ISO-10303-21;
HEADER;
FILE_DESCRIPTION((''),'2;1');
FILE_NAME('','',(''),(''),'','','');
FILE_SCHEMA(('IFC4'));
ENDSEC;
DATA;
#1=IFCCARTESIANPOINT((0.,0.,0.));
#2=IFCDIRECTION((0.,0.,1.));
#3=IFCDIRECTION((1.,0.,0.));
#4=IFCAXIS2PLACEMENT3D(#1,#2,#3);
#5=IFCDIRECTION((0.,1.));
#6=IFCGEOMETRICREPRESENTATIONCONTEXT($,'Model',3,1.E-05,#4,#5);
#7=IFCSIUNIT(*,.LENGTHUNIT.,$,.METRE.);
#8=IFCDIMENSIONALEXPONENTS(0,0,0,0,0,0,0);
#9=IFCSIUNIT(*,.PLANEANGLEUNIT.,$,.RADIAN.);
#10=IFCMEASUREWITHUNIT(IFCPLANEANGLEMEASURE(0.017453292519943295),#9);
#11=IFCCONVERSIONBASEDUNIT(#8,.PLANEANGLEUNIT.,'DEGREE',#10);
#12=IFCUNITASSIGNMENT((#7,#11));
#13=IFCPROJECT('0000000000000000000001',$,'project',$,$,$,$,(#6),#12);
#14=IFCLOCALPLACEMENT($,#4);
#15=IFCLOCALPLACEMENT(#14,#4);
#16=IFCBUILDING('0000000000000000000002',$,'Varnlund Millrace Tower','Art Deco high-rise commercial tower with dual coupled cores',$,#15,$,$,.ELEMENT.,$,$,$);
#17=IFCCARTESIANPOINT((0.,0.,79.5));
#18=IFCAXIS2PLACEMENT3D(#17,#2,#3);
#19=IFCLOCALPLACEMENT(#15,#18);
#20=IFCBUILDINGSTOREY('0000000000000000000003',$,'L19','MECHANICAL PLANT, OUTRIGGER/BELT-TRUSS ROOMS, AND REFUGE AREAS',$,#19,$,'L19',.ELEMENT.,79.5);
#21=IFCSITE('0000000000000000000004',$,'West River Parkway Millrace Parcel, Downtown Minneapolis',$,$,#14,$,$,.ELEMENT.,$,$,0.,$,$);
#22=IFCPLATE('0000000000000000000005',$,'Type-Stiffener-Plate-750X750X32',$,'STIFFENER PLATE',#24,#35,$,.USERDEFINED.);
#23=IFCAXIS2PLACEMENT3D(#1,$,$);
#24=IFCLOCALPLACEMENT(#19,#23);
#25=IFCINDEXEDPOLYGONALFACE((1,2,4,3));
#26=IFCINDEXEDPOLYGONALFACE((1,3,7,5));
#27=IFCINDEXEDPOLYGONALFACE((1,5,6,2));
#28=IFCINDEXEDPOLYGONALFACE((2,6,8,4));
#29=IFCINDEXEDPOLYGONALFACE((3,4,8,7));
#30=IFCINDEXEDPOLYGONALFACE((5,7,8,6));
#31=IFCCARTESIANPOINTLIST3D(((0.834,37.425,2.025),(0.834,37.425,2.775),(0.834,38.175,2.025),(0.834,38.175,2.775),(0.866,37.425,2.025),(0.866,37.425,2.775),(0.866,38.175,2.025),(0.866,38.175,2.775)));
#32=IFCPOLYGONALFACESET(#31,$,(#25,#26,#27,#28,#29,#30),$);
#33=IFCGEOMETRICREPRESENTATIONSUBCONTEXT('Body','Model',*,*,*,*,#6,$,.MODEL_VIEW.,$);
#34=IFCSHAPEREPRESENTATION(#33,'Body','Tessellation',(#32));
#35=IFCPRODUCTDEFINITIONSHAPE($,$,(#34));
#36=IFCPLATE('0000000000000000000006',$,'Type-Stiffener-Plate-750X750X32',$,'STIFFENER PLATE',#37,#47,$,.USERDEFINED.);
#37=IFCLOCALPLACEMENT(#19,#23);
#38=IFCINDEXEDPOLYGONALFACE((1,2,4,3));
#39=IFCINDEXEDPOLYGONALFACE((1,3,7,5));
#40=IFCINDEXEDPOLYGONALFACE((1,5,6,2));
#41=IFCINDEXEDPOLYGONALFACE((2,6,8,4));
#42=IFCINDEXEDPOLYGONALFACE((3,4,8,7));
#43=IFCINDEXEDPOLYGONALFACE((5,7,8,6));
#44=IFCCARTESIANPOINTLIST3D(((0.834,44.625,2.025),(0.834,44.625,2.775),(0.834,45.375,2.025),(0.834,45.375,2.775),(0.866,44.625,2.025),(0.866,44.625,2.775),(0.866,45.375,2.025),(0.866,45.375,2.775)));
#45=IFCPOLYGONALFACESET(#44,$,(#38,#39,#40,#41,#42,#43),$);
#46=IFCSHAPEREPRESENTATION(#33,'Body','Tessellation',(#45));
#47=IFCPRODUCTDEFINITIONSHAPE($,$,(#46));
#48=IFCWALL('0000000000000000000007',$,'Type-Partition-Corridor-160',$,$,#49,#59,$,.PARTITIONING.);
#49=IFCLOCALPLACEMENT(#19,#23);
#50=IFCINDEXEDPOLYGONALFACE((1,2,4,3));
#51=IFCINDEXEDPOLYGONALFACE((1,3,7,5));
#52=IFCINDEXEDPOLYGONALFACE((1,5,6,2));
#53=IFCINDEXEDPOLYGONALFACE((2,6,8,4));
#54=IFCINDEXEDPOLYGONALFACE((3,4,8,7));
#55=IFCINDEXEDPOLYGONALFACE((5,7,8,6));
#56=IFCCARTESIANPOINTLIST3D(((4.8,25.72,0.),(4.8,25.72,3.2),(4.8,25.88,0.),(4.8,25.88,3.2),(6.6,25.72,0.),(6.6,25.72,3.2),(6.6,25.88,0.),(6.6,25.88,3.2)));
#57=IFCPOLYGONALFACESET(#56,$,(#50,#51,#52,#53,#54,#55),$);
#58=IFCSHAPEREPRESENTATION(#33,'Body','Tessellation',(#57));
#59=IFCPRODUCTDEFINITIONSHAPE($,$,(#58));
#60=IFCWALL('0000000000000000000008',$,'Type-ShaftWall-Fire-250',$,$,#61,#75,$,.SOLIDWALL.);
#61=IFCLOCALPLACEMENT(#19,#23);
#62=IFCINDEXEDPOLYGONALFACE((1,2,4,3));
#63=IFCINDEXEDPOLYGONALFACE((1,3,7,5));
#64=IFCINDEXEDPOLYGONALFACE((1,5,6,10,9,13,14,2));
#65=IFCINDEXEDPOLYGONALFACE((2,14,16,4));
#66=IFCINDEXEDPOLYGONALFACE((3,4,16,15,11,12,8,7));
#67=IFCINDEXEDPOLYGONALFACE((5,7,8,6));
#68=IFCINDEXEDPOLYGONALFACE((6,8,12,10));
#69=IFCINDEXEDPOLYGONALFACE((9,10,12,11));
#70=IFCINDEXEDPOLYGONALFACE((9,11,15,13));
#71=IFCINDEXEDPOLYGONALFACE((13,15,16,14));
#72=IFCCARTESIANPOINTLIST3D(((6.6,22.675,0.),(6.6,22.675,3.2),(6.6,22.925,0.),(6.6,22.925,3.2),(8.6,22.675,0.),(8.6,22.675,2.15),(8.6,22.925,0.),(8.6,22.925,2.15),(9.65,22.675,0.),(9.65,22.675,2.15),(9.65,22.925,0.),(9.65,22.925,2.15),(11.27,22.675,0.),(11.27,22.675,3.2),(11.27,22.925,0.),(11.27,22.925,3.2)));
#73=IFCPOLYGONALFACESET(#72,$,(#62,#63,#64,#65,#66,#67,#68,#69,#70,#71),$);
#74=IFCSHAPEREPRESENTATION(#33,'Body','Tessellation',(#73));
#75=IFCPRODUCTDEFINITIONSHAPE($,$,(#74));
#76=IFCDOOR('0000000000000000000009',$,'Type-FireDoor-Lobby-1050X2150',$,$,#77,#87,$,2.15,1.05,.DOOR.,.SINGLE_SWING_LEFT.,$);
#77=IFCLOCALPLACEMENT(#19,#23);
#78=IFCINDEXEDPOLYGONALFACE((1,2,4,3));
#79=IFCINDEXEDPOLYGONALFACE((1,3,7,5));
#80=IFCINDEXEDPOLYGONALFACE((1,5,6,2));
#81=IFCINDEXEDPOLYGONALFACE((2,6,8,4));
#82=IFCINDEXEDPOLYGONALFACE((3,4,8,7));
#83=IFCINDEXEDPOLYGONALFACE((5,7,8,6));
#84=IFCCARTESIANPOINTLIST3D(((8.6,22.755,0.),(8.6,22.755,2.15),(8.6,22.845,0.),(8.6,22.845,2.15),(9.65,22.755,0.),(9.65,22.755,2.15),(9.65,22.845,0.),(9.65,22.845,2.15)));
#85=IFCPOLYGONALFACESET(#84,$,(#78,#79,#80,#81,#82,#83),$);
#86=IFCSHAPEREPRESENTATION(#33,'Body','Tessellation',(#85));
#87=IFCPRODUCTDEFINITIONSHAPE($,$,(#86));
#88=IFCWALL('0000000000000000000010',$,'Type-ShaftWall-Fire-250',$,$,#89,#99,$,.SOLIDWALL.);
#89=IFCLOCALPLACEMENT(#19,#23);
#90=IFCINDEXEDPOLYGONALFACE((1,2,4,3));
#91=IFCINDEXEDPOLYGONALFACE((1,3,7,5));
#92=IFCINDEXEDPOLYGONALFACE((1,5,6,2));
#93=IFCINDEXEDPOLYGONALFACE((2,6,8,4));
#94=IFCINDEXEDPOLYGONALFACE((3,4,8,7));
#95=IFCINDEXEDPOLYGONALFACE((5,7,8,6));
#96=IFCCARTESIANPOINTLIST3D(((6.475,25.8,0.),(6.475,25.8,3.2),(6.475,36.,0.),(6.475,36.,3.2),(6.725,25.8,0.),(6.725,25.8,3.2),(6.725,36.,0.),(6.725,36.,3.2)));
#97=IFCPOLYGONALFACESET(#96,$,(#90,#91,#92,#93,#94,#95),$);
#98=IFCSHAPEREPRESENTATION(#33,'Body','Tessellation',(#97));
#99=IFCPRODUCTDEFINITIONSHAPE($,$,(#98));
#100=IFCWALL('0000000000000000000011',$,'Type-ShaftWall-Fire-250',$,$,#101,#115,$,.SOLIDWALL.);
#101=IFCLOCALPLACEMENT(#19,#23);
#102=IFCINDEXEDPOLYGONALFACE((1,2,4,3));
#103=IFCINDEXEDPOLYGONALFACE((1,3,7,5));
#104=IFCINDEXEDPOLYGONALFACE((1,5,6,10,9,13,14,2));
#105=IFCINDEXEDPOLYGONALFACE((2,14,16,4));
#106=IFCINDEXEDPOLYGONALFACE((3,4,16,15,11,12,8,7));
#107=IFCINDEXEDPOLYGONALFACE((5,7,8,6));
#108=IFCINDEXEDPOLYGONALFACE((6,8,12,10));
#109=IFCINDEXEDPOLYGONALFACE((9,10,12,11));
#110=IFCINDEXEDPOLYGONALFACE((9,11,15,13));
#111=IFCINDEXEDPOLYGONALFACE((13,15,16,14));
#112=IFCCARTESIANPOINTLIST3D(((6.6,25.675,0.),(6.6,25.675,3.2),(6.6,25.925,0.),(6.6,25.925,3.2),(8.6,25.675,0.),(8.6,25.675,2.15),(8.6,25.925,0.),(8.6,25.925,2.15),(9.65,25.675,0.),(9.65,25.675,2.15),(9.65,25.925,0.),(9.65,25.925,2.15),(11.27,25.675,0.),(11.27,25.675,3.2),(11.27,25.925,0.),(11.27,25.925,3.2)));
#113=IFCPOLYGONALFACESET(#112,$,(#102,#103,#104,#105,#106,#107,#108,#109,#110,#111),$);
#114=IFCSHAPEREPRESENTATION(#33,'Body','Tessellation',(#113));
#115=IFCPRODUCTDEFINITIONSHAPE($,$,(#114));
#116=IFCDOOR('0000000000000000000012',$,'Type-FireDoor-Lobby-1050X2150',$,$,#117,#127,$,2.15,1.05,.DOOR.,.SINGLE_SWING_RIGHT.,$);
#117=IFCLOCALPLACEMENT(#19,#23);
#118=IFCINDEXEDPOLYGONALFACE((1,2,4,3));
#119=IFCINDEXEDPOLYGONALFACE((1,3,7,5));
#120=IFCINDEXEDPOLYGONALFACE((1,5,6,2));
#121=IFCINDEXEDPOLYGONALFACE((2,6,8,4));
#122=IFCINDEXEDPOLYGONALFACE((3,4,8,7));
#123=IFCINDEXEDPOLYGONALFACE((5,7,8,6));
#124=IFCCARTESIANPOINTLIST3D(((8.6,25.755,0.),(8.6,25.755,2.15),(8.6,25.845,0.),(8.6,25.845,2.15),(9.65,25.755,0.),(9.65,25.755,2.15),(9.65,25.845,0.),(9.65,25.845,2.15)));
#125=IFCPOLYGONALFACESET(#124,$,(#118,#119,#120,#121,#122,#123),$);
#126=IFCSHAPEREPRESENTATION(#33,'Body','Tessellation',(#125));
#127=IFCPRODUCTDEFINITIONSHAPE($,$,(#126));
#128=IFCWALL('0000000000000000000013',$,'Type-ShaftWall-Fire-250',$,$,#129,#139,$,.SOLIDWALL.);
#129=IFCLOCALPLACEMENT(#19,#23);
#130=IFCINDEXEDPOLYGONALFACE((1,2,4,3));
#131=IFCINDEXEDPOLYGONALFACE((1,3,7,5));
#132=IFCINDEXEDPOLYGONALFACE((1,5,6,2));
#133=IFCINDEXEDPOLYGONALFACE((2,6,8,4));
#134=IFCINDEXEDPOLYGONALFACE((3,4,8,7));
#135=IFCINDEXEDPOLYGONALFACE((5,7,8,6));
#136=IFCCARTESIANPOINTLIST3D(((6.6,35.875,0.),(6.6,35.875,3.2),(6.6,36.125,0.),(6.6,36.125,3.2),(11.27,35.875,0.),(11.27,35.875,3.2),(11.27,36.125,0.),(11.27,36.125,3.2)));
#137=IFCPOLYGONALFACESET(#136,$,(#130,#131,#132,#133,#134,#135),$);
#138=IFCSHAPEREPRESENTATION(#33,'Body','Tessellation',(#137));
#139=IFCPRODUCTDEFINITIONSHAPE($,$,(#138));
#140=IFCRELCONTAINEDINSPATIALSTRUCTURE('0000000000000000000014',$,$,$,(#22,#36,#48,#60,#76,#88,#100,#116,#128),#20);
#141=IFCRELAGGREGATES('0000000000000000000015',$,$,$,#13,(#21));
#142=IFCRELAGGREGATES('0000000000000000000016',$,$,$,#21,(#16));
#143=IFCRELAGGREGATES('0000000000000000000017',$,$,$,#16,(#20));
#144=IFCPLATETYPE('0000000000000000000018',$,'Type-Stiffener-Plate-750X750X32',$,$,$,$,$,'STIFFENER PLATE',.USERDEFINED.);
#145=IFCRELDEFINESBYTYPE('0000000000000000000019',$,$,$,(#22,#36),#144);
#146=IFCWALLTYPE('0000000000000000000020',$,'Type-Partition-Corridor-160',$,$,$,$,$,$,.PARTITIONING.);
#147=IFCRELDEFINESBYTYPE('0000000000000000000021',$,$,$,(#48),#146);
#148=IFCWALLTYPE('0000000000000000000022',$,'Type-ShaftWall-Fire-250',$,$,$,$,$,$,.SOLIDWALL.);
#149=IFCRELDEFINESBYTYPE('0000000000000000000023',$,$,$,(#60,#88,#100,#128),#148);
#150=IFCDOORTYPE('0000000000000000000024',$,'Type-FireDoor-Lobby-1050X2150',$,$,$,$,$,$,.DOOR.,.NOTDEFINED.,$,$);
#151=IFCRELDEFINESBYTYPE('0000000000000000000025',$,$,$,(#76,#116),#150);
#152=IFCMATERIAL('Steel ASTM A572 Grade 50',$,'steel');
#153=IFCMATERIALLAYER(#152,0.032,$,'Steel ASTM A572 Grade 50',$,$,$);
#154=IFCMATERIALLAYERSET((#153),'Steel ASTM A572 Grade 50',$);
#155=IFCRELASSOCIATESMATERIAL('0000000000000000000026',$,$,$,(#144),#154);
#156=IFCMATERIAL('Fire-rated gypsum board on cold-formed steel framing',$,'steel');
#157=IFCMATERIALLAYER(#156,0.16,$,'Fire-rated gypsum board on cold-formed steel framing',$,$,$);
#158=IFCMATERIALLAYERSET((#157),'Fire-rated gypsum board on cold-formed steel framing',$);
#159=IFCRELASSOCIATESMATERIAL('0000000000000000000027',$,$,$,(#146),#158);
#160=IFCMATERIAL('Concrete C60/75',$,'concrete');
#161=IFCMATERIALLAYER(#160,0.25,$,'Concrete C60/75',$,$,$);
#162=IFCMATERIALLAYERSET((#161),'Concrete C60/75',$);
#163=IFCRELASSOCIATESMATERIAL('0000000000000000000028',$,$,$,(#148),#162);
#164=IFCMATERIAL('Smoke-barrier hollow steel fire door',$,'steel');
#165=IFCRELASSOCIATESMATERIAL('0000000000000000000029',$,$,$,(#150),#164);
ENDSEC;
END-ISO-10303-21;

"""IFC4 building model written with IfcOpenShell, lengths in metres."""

from ifc_helpers import new_model, entity, si_unit, converted_unit, direction, frame, origin_with_axes, origin_2d_with_axis, place, context, subcontext, project, spatial, polyline, rectangle, outline, extrude, material, layer, layer_set, type_object, element, fill, save


model = new_model("IFC4")

# Units and contexts
model_context = context("Model", 3, precision=1e-05, world=origin_with_axes(), true_north=direction((0.0, 1.0)))
body_context = subcontext(model_context, "Body", "Model", "MODEL_VIEW")
ifc_project = project(units=[si_unit("LENGTHUNIT", "METRE"), converted_unit("PLANEANGLEUNIT", "DEGREE", entity("IfcPlaneAngleMeasure", 0.017453292519943295), si_unit("PLANEANGLEUNIT", "RADIAN"), dimensions=[0, 0, 0, 0, 0, 0, 0])], contexts=[model_context])

# Site, building, storey
site_placement = place(None, origin_with_axes())
site = spatial("IfcSite", under=ifc_project, at=site_placement, Name="West River Parkway Millrace Parcel, Downtown Minneapolis", CompositionType="ELEMENT", RefElevation=0.0)
building_placement = place(site_placement, origin_with_axes())
building = spatial("IfcBuilding", under=site, at=building_placement, Name="Varnlund Millrace Tower", Description="Art Deco high-rise commercial tower with dual coupled cores", CompositionType="ELEMENT")
storey_placement = place(building_placement, frame((0.0, 0.0, 79.5), z_axis=(0.0, 0.0, 1.0), x_axis=(1.0, 0.0, 0.0)))
storey = spatial("IfcBuildingStorey", under=building, at=storey_placement, Name="L19", Description="MECHANICAL PLANT, OUTRIGGER/BELT-TRUSS ROOMS, AND REFUGE AREAS", LongName="L19", CompositionType="ELEMENT", Elevation=79.5)

# Plates
ifc_material_1 = material(Name="Steel ASTM A572 Grade 50", Category="steel")
ifc_layer_1 = layer(ifc_material_1, 0.032, Name="Steel ASTM A572 Grade 50")
ifc_layer_set_1 = layer_set([ifc_layer_1], Name="Steel ASTM A572 Grade 50")
plate_type_1 = type_object("IfcPlateType", Name="Type-Stiffener-Plate-750X750X32", ElementType="STIFFENER PLATE", PredefinedType="USERDEFINED", material=ifc_layer_set_1)
for number, where, z_axis, x_axis, name in (
    (1, (0.85, 37.8, 2.025), (0.0, 0.0, 1.0), (0.0, 1.0, 0.0), "Type-Stiffener-Plate-750X750X32"),
    (2, (0.85, 45.0, 2.025), (0.0, 0.0, 1.0), (0.0, 1.0, 0.0), "Type-Stiffener-Plate-750X750X32"),
):
    element("IfcPlate", number, at=place(storey_placement, frame(where, z_axis=z_axis, x_axis=x_axis)), inside=storey, type_object=plate_type_1, Name=name, ObjectType="STIFFENER PLATE", PredefinedType="USERDEFINED", context=body_context, shape_type="SweptSolid", body=[
        extrude(rectangle(XDim=0.75, YDim=0.032, at=origin_2d_with_axis()), origin_with_axes(), (0.0, 0.0, 1.0), 0.75),
    ])

# Wall
ifc_material_2 = material(Name="Fire-rated gypsum board on cold-formed steel framing", Category="steel")
ifc_layer_2 = layer(ifc_material_2, 0.16, Name="Fire-rated gypsum board on cold-formed steel framing")
ifc_layer_set_2 = layer_set([ifc_layer_2], Name="Fire-rated gypsum board on cold-formed steel framing")
wall_type_1 = type_object("IfcWallType", Name="Type-Partition-Corridor-160", PredefinedType="PARTITIONING", material=ifc_layer_set_2)
wall_1_placement = place(storey_placement, frame((4.8, 25.8, 0.0), z_axis=(0.0, 0.0, 1.0), x_axis=(1.0, 0.0, 0.0)))
element("IfcWall", 3, at=wall_1_placement, inside=storey, type_object=wall_type_1, Name="Type-Partition-Corridor-160", PredefinedType="PARTITIONING", context=body_context, shape_type="SweptSolid", body=[
    extrude(outline(polyline([(0.0, -0.08), (1.8, -0.08), (1.8, 0.08), (0.0, 0.08), (0.0, -0.08)])), origin_with_axes(), (0.0, 0.0, 1.0), 3.2),
])

# Wall, opening, door
ifc_material_3 = material(Name="Concrete C60/75", Category="concrete")
ifc_layer_3 = layer(ifc_material_3, 0.25, Name="Concrete C60/75")
ifc_layer_set_3 = layer_set([ifc_layer_3], Name="Concrete C60/75")
wall_type_2 = type_object("IfcWallType", Name="Type-ShaftWall-Fire-250", PredefinedType="SOLIDWALL", material=ifc_layer_set_3)
wall_2_placement = place(storey_placement, frame((6.6, 22.8, 0.0), z_axis=(0.0, 0.0, 1.0), x_axis=(1.0, 0.0, 0.0)))
wall_2 = element("IfcWall", 4, at=wall_2_placement, inside=storey, type_object=wall_type_2, Name="Type-ShaftWall-Fire-250", PredefinedType="SOLIDWALL", context=body_context, shape_type="SweptSolid", body=[
    extrude(outline(polyline([(0.0, -0.125), (4.67, -0.125), (4.67, 0.125), (0.0, 0.125), (0.0, -0.125)])), origin_with_axes(), (0.0, 0.0, 1.0), 3.2),
])
opening_1_placement = place(wall_2_placement, frame((2.525, 0.0, 0.0), z_axis=(0.0, 0.0, 1.0), x_axis=(1.0, 0.0, 0.0)))
opening_1 = element("IfcOpeningElement", 5, at=opening_1_placement, cuts=wall_2, PredefinedType="OPENING", context=body_context, shape_type="SweptSolid", body=[
    extrude(rectangle(XDim=1.05, YDim=0.27, at=origin_2d_with_axis()), origin_with_axes(), (0.0, 0.0, 1.0), 2.15),
])
ifc_material_4 = material(Name="Smoke-barrier hollow steel fire door", Category="steel")
door_type = type_object("IfcDoorType", Name="Type-FireDoor-Lobby-1050X2150", OperationType="NOTDEFINED", PredefinedType="DOOR", material=ifc_material_4)
door_1_placement = place(wall_2_placement, frame((2.525, 0.0, 0.0), z_axis=(0.0, 0.0, 1.0), x_axis=(1.0, 0.0, 0.0)))
door_1 = element("IfcDoor", 6, at=door_1_placement, inside=storey, type_object=door_type, Name="Type-FireDoor-Lobby-1050X2150", OperationType="SINGLE_SWING_LEFT", OverallHeight=2.15, OverallWidth=1.05, PredefinedType="DOOR", context=body_context, shape_type="SweptSolid", body=[
    extrude(rectangle(XDim=1.05, YDim=0.09, at=origin_2d_with_axis()), origin_with_axes(), (0.0, 0.0, 1.0), 2.15),
])
fill(opening_1, door_1)

# Wall
wall_3_placement = place(storey_placement, frame((6.6, 25.8, 0.0), z_axis=(0.0, 0.0, 1.0), x_axis=(0.0, 1.0, 0.0)))
element("IfcWall", 7, at=wall_3_placement, inside=storey, type_object=wall_type_2, Name="Type-ShaftWall-Fire-250", PredefinedType="SOLIDWALL", context=body_context, shape_type="SweptSolid", body=[
    extrude(outline(polyline([(0.0, -0.125), (10.2, -0.125), (10.2, 0.125), (0.0, 0.125), (0.0, -0.125)])), origin_with_axes(), (0.0, 0.0, 1.0), 3.2),
])

# Wall, opening, door
wall_4_placement = place(storey_placement, frame((6.6, 25.8, 0.0), z_axis=(0.0, 0.0, 1.0), x_axis=(1.0, 0.0, 0.0)))
wall_4 = element("IfcWall", 8, at=wall_4_placement, inside=storey, type_object=wall_type_2, Name="Type-ShaftWall-Fire-250", PredefinedType="SOLIDWALL", context=body_context, shape_type="SweptSolid", body=[
    extrude(outline(polyline([(0.0, -0.125), (4.67, -0.125), (4.67, 0.125), (0.0, 0.125), (0.0, -0.125)])), origin_with_axes(), (0.0, 0.0, 1.0), 3.2),
])
opening_2_placement = place(wall_4_placement, frame((2.525, 0.0, 0.0), z_axis=(0.0, 0.0, 1.0), x_axis=(1.0, 0.0, 0.0)))
opening_2 = element("IfcOpeningElement", 9, at=opening_2_placement, cuts=wall_4, PredefinedType="OPENING", context=body_context, shape_type="SweptSolid", body=[
    extrude(rectangle(XDim=1.05, YDim=0.27, at=origin_2d_with_axis()), origin_with_axes(), (0.0, 0.0, 1.0), 2.15),
])
door_2_placement = place(wall_4_placement, frame((2.525, 0.0, 0.0), z_axis=(0.0, 0.0, 1.0), x_axis=(1.0, 0.0, 0.0)))
door_2 = element("IfcDoor", 10, at=door_2_placement, inside=storey, type_object=door_type, Name="Type-FireDoor-Lobby-1050X2150", OperationType="SINGLE_SWING_RIGHT", OverallHeight=2.15, OverallWidth=1.05, PredefinedType="DOOR", context=body_context, shape_type="SweptSolid", body=[
    extrude(rectangle(XDim=1.05, YDim=0.09, at=origin_2d_with_axis()), origin_with_axes(), (0.0, 0.0, 1.0), 2.15),
])
fill(opening_2, door_2)

# Wall
wall_5_placement = place(storey_placement, frame((6.6, 36.0, 0.0), z_axis=(0.0, 0.0, 1.0), x_axis=(1.0, 0.0, 0.0)))
element("IfcWall", 11, at=wall_5_placement, inside=storey, type_object=wall_type_2, Name="Type-ShaftWall-Fire-250", PredefinedType="SOLIDWALL", context=body_context, shape_type="SweptSolid", body=[
    extrude(outline(polyline([(0.0, -0.125), (4.67, -0.125), (4.67, 0.125), (0.0, 0.125), (0.0, -0.125)])), origin_with_axes(), (0.0, 0.0, 1.0), 3.2),
])

save(model, "model.ifc")
